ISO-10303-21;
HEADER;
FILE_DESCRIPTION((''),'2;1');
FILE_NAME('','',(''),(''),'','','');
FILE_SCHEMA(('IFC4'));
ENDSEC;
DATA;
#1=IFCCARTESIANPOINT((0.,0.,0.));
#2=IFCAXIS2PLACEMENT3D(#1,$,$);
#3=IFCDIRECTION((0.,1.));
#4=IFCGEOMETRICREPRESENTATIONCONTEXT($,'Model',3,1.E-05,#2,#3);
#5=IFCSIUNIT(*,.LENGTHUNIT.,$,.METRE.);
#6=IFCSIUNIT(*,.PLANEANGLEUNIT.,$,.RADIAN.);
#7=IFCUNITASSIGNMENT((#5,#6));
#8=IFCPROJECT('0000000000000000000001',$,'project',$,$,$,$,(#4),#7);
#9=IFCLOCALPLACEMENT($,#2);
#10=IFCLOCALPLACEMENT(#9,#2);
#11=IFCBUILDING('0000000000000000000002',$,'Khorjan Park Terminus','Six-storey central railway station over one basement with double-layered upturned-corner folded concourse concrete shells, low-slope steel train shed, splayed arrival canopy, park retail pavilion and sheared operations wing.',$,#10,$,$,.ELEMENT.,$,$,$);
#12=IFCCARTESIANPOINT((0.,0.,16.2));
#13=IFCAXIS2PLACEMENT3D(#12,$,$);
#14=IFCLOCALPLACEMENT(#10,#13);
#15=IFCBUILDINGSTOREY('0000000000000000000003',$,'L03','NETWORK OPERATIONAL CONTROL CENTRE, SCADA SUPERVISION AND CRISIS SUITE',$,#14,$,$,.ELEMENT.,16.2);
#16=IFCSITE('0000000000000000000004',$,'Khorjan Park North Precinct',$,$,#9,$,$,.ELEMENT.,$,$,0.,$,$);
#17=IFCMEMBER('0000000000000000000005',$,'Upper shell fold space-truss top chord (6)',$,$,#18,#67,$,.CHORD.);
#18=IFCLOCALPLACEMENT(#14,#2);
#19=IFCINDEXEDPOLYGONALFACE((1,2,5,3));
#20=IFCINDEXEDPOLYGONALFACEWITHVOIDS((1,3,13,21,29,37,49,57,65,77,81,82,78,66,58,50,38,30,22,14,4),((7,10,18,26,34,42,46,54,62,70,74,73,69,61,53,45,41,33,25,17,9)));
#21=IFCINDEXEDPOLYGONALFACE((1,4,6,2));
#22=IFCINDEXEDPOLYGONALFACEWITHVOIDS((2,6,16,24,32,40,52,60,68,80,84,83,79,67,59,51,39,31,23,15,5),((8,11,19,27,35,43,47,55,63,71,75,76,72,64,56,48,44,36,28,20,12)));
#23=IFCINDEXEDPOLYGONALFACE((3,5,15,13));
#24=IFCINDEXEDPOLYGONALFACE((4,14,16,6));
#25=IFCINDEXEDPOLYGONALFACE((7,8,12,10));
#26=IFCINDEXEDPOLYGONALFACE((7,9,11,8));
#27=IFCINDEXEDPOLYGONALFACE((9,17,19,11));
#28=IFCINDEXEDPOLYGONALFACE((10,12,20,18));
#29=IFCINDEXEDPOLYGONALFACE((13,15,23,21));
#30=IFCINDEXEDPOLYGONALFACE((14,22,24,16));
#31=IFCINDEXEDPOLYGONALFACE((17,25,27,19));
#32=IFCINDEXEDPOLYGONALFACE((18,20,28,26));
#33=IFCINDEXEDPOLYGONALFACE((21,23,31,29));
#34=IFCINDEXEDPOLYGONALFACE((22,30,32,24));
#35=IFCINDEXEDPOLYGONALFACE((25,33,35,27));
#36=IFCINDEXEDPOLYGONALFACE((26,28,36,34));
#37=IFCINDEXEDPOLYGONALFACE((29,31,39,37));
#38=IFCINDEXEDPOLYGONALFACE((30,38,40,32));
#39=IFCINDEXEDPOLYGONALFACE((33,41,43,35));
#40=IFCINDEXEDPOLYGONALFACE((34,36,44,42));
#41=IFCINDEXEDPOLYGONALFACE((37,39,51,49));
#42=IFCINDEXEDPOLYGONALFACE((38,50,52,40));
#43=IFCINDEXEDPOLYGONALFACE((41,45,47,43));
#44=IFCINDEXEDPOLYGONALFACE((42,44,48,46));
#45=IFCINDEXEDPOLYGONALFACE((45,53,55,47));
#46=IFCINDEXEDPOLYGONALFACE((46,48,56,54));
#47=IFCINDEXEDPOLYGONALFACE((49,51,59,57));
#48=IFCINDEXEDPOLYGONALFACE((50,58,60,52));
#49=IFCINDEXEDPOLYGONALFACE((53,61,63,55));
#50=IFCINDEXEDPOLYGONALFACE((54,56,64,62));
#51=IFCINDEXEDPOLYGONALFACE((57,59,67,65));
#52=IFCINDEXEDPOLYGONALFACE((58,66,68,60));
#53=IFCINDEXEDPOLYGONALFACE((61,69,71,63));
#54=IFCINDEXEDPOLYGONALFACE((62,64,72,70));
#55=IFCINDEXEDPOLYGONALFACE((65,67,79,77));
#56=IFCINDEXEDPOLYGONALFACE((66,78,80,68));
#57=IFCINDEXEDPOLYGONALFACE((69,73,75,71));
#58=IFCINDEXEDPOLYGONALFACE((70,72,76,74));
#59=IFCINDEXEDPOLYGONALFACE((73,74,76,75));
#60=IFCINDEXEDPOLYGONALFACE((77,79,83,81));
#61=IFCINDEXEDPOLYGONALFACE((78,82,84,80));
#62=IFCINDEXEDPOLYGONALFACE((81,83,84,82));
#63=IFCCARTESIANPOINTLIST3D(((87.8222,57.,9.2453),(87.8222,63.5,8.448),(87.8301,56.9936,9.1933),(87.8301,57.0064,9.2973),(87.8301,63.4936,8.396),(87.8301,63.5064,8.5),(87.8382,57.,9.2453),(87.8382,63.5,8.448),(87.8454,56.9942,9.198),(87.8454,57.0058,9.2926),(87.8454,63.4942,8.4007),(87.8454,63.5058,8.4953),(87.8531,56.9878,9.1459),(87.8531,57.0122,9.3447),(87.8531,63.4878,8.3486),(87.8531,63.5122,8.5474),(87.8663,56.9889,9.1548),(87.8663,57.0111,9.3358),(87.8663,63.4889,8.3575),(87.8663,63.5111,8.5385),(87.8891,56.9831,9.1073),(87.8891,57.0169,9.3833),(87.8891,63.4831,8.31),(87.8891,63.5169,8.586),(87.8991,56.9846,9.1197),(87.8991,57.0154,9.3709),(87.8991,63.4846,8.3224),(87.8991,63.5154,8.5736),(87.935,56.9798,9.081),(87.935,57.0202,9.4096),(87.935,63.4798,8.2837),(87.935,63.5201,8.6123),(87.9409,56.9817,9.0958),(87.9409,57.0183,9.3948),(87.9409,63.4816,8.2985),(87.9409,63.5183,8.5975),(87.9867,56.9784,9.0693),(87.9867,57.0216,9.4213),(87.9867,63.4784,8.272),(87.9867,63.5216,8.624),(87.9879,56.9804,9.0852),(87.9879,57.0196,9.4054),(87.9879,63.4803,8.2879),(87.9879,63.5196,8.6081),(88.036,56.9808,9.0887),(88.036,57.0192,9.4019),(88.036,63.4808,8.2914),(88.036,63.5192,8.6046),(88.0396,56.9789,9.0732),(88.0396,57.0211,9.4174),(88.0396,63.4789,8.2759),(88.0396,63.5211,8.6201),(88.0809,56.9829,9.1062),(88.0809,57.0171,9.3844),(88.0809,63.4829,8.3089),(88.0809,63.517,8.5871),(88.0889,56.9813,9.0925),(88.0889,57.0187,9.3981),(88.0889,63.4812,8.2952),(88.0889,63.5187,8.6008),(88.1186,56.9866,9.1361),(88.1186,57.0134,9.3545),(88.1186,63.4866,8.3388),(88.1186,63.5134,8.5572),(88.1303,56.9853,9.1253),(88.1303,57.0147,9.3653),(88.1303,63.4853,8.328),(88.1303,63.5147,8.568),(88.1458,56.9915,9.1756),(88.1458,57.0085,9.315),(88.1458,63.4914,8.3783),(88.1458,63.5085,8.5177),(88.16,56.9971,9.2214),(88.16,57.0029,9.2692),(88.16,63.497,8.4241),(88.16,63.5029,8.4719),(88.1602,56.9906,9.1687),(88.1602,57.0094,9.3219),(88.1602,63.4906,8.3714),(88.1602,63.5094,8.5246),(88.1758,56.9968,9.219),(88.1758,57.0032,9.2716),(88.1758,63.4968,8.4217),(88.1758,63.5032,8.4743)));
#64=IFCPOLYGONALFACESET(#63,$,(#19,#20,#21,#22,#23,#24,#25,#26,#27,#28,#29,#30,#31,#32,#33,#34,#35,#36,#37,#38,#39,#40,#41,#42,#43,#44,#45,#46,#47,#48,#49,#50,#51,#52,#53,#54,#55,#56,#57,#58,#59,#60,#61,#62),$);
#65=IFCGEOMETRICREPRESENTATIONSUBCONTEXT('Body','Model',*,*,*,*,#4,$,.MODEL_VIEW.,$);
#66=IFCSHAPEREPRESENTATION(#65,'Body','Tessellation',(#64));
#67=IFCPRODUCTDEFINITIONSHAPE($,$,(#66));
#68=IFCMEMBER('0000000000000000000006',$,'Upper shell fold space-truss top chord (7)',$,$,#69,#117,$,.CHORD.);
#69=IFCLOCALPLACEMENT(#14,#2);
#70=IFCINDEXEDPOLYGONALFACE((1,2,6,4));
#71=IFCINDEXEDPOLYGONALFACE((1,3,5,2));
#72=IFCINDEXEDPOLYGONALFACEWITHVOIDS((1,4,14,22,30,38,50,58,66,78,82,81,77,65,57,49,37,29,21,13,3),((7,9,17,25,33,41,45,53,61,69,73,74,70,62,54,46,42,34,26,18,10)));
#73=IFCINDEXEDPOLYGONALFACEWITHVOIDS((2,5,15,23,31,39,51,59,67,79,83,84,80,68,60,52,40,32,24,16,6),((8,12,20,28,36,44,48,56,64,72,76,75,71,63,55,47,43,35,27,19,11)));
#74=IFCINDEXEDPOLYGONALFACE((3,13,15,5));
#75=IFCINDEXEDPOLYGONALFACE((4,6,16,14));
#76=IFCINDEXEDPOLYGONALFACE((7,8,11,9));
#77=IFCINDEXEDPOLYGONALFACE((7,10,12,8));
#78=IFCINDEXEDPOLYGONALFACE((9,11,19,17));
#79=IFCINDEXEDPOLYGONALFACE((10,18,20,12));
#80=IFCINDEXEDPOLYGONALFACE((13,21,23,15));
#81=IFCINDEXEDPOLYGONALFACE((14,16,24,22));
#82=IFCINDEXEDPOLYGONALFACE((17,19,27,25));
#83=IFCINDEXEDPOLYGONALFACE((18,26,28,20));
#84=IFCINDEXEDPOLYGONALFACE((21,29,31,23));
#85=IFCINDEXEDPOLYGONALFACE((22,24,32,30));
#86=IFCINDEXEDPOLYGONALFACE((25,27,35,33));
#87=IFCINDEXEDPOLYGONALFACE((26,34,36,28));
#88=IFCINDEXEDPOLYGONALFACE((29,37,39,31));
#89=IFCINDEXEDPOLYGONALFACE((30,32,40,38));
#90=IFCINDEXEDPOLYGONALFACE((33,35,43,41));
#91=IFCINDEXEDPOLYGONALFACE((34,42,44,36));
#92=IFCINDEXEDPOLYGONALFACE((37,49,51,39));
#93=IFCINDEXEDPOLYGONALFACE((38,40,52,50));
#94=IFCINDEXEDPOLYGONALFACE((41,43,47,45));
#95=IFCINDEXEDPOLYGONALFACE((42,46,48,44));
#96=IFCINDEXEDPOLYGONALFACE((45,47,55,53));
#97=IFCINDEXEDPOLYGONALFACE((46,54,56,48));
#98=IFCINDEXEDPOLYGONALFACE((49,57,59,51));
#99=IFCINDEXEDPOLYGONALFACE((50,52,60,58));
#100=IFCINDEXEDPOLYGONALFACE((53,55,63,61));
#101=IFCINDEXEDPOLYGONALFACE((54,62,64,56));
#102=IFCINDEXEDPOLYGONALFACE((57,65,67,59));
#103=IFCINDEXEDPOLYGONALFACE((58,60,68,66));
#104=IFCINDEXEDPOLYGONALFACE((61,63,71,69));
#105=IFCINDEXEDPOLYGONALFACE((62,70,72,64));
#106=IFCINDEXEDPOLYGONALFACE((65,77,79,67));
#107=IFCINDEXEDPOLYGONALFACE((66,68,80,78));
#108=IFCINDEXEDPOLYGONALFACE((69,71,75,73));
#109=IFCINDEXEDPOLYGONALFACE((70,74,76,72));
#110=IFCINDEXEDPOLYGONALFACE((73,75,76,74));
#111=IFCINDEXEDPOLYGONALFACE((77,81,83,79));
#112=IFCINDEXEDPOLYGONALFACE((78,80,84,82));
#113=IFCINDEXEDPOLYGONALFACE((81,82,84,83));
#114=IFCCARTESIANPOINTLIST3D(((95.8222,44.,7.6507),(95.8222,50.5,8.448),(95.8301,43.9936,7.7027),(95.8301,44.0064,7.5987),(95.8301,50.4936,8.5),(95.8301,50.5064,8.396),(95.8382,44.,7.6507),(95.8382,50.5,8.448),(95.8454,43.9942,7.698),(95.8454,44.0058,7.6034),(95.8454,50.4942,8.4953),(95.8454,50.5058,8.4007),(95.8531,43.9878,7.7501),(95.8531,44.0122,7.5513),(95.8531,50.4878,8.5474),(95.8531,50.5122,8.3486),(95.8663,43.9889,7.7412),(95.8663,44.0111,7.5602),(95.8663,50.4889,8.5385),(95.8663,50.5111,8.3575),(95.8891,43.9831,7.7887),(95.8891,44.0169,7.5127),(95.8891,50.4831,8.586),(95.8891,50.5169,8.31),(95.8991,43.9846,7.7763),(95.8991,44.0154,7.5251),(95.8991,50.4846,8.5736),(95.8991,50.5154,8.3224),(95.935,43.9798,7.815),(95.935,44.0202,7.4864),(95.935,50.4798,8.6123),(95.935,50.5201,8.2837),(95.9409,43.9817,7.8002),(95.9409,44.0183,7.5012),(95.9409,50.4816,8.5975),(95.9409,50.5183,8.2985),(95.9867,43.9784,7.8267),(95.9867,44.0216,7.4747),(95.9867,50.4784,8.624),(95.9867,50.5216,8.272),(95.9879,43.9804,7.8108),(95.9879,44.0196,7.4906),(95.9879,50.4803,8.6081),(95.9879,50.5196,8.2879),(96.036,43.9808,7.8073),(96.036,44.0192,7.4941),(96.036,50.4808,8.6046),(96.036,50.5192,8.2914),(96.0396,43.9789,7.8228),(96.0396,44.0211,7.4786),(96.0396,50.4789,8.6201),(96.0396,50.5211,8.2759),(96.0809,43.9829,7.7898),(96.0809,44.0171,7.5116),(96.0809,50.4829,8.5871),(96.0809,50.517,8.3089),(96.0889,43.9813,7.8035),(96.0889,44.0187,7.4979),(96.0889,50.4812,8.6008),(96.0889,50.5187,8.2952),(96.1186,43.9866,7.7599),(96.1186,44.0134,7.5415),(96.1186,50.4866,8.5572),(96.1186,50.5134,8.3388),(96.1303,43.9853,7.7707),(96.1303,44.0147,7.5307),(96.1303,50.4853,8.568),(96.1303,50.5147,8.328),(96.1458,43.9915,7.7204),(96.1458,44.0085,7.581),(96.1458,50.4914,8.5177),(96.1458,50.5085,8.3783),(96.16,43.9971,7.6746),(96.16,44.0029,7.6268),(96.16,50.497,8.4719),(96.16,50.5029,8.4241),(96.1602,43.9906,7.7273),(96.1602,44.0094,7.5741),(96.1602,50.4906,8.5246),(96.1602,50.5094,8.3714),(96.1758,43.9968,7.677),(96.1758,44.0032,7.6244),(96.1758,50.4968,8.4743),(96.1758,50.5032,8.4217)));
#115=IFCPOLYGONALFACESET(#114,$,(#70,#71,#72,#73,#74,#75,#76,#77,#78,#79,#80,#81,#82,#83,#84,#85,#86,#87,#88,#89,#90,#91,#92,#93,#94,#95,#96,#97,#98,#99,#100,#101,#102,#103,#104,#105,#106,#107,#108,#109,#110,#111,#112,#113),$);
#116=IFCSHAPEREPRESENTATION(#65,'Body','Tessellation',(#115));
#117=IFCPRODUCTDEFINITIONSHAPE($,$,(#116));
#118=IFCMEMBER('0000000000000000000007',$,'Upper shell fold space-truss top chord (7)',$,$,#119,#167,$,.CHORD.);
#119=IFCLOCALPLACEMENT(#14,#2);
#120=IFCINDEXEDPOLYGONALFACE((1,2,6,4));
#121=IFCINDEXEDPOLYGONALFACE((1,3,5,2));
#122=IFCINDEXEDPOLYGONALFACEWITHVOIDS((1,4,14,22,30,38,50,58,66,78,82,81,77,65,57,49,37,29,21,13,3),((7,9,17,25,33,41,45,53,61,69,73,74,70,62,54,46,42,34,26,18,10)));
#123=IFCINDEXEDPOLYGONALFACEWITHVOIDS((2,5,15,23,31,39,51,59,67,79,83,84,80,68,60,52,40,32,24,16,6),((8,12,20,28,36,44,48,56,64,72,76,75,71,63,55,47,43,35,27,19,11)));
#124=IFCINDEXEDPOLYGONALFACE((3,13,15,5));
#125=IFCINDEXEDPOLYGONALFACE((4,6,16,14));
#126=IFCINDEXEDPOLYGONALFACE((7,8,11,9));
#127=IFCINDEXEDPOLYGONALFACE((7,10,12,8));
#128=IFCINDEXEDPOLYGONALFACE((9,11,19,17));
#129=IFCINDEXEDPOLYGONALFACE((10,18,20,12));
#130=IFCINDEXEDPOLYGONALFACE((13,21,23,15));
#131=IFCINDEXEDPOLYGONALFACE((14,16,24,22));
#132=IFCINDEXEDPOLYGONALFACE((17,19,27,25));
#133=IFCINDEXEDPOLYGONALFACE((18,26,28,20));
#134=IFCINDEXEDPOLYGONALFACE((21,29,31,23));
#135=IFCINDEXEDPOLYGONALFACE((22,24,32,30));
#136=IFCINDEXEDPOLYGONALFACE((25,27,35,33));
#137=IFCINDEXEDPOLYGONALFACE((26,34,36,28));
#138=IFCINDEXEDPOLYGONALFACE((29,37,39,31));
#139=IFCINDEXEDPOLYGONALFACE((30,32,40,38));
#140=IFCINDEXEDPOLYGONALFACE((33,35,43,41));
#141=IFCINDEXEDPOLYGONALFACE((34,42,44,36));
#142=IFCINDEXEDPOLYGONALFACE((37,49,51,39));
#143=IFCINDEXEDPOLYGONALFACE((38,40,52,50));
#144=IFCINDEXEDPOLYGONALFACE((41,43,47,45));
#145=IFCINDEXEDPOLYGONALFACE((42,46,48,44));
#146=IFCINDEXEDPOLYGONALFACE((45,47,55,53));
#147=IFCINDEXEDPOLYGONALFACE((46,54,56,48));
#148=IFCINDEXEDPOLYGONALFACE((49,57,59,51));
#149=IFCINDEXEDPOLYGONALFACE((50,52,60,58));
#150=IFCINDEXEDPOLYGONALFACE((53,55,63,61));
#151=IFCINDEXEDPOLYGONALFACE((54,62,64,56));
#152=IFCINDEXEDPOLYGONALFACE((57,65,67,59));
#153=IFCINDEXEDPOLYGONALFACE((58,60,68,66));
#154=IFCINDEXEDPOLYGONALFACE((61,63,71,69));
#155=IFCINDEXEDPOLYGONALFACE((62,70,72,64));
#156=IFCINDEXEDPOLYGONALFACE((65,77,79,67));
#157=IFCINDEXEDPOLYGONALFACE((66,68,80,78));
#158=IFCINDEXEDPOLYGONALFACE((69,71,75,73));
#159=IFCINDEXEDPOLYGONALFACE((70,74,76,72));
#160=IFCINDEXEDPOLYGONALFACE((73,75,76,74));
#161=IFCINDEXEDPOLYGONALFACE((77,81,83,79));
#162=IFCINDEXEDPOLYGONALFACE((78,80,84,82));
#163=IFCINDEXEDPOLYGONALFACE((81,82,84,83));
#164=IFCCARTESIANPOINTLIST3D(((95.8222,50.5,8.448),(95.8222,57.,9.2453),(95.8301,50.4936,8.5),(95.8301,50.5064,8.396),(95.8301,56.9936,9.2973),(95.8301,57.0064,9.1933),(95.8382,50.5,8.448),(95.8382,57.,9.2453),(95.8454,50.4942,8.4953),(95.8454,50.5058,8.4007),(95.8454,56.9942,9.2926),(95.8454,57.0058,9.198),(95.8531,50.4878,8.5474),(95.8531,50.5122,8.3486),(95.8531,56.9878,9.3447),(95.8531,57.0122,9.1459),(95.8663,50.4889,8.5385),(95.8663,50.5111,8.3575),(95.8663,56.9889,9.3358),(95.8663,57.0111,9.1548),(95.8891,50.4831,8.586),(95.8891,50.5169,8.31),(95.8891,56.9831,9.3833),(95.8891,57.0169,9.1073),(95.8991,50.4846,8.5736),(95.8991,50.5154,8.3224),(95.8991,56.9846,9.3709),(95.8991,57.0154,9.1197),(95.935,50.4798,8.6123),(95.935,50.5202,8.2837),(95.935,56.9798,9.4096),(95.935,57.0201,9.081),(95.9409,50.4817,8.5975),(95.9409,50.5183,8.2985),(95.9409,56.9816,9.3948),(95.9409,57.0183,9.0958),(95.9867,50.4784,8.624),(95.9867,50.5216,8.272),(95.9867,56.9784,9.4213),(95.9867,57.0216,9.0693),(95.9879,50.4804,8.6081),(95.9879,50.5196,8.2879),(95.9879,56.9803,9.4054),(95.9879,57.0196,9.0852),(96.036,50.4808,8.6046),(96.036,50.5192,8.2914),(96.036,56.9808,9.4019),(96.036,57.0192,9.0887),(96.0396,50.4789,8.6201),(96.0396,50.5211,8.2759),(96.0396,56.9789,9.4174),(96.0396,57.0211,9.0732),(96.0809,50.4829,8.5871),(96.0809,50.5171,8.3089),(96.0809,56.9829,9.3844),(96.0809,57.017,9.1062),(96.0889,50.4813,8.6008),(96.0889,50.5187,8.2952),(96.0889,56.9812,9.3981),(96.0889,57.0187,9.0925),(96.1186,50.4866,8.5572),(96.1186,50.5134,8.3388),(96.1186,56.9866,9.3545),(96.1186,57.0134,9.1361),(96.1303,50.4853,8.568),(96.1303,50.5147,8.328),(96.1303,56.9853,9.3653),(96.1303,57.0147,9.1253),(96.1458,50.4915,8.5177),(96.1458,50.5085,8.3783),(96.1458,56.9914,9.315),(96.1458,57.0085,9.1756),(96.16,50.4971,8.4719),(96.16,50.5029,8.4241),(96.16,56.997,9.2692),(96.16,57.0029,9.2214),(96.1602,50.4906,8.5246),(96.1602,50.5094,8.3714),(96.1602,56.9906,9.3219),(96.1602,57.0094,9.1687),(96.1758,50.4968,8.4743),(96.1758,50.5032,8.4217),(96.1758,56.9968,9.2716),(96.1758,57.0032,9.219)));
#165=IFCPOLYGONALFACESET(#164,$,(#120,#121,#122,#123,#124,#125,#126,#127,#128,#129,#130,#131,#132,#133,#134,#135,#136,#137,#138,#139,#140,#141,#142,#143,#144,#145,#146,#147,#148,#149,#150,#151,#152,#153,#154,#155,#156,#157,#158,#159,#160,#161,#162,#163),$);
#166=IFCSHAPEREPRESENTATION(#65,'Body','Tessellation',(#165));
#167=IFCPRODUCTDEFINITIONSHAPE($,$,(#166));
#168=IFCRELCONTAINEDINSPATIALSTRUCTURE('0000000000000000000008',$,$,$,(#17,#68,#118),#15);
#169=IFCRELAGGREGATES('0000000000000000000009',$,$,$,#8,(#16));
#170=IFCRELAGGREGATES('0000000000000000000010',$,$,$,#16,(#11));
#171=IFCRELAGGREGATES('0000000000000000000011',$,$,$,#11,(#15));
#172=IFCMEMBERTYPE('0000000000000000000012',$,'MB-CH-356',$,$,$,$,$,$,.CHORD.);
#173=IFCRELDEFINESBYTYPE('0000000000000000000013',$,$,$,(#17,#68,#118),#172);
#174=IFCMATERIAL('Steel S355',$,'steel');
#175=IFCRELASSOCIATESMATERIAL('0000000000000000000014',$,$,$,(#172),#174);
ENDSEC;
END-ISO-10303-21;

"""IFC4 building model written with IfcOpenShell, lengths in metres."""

from ifc_helpers import new_model, si_unit, direction, frame, origin, origin_2d, place, context, subcontext, project, spatial, hollow_circle, extrude, material, material_profile, profile_set, type_object, element, save


model = new_model("IFC4")

# Units and contexts
model_context = context("Model", 3, precision=1e-05, world=origin(), true_north=direction((0.0, 1.0)))
body_context = subcontext(model_context, "Body", "Model", "MODEL_VIEW")
ifc_project = project(units=[si_unit("LENGTHUNIT", "METRE"), si_unit("PLANEANGLEUNIT", "RADIAN")], contexts=[model_context])

# Site, building, storey
site_placement = place(None, origin())
site = spatial("IfcSite", under=ifc_project, at=site_placement, Name="Khorjan Park North Precinct", CompositionType="ELEMENT", RefElevation=0.0)
building_placement = place(site_placement, origin())
building = spatial("IfcBuilding", under=site, at=building_placement, Name="Khorjan Park Terminus", Description="Six-storey central railway station over one basement with double-layered upturned-corner folded concourse concrete shells, low-slope steel train shed, splayed arrival canopy, park retail pavilion and sheared operations wing.", CompositionType="ELEMENT")
storey_placement = place(building_placement, frame((0.0, 0.0, 16.2)))
storey = spatial("IfcBuildingStorey", under=building, at=storey_placement, Name="L03", Description="NETWORK OPERATIONAL CONTROL CENTRE, SCADA SUPERVISION AND CRISIS SUITE", CompositionType="ELEMENT", Elevation=16.2)

# Members
ifc_material = material(Name="Steel S355", Category="steel")
ifc_material_profile_1 = material_profile(ifc_material, hollow_circle(Radius=0.1778, WallThickness=0.016, at=origin_2d()), Name="CHS 355.6x16")
ifc_profile_set_1 = profile_set([ifc_material_profile_1], Name="Steel S355")
member_type_1 = type_object("IfcMemberType", Name="MB-CH-356", PredefinedType="CHORD", material=ifc_profile_set_1)
for number, where, z_axis, x_axis, name in (
    (1, (88.0, 57.0, 9.2453), (0.0, 0.992561, -0.121749), (-1.0, 0.0, 0.0), "Upper shell fold space-truss top chord (6)"),
    (2, (96.0, 44.0, 7.6507), (0.0, 0.992561, 0.121749), (-1.0, 0.0, 0.0), "Upper shell fold space-truss top chord (7)"),
    (3, (96.0, 50.5, 8.448), (0.0, 0.992561, 0.121749), (-1.0, 0.0, 0.0), "Upper shell fold space-truss top chord (7)"),
):
    element("IfcMember", number, at=place(storey_placement, frame(where, z_axis=z_axis, x_axis=x_axis)), inside=storey, type_object=member_type_1, Name=name, PredefinedType="CHORD", context=body_context, shape_type="SweptSolid", body=[
        extrude(hollow_circle(Radius=0.1778, WallThickness=0.016, at=origin_2d()), origin(), (0.0, 0.0, 1.0), 6.5487),
    ])

save(model, "model.ifc")
